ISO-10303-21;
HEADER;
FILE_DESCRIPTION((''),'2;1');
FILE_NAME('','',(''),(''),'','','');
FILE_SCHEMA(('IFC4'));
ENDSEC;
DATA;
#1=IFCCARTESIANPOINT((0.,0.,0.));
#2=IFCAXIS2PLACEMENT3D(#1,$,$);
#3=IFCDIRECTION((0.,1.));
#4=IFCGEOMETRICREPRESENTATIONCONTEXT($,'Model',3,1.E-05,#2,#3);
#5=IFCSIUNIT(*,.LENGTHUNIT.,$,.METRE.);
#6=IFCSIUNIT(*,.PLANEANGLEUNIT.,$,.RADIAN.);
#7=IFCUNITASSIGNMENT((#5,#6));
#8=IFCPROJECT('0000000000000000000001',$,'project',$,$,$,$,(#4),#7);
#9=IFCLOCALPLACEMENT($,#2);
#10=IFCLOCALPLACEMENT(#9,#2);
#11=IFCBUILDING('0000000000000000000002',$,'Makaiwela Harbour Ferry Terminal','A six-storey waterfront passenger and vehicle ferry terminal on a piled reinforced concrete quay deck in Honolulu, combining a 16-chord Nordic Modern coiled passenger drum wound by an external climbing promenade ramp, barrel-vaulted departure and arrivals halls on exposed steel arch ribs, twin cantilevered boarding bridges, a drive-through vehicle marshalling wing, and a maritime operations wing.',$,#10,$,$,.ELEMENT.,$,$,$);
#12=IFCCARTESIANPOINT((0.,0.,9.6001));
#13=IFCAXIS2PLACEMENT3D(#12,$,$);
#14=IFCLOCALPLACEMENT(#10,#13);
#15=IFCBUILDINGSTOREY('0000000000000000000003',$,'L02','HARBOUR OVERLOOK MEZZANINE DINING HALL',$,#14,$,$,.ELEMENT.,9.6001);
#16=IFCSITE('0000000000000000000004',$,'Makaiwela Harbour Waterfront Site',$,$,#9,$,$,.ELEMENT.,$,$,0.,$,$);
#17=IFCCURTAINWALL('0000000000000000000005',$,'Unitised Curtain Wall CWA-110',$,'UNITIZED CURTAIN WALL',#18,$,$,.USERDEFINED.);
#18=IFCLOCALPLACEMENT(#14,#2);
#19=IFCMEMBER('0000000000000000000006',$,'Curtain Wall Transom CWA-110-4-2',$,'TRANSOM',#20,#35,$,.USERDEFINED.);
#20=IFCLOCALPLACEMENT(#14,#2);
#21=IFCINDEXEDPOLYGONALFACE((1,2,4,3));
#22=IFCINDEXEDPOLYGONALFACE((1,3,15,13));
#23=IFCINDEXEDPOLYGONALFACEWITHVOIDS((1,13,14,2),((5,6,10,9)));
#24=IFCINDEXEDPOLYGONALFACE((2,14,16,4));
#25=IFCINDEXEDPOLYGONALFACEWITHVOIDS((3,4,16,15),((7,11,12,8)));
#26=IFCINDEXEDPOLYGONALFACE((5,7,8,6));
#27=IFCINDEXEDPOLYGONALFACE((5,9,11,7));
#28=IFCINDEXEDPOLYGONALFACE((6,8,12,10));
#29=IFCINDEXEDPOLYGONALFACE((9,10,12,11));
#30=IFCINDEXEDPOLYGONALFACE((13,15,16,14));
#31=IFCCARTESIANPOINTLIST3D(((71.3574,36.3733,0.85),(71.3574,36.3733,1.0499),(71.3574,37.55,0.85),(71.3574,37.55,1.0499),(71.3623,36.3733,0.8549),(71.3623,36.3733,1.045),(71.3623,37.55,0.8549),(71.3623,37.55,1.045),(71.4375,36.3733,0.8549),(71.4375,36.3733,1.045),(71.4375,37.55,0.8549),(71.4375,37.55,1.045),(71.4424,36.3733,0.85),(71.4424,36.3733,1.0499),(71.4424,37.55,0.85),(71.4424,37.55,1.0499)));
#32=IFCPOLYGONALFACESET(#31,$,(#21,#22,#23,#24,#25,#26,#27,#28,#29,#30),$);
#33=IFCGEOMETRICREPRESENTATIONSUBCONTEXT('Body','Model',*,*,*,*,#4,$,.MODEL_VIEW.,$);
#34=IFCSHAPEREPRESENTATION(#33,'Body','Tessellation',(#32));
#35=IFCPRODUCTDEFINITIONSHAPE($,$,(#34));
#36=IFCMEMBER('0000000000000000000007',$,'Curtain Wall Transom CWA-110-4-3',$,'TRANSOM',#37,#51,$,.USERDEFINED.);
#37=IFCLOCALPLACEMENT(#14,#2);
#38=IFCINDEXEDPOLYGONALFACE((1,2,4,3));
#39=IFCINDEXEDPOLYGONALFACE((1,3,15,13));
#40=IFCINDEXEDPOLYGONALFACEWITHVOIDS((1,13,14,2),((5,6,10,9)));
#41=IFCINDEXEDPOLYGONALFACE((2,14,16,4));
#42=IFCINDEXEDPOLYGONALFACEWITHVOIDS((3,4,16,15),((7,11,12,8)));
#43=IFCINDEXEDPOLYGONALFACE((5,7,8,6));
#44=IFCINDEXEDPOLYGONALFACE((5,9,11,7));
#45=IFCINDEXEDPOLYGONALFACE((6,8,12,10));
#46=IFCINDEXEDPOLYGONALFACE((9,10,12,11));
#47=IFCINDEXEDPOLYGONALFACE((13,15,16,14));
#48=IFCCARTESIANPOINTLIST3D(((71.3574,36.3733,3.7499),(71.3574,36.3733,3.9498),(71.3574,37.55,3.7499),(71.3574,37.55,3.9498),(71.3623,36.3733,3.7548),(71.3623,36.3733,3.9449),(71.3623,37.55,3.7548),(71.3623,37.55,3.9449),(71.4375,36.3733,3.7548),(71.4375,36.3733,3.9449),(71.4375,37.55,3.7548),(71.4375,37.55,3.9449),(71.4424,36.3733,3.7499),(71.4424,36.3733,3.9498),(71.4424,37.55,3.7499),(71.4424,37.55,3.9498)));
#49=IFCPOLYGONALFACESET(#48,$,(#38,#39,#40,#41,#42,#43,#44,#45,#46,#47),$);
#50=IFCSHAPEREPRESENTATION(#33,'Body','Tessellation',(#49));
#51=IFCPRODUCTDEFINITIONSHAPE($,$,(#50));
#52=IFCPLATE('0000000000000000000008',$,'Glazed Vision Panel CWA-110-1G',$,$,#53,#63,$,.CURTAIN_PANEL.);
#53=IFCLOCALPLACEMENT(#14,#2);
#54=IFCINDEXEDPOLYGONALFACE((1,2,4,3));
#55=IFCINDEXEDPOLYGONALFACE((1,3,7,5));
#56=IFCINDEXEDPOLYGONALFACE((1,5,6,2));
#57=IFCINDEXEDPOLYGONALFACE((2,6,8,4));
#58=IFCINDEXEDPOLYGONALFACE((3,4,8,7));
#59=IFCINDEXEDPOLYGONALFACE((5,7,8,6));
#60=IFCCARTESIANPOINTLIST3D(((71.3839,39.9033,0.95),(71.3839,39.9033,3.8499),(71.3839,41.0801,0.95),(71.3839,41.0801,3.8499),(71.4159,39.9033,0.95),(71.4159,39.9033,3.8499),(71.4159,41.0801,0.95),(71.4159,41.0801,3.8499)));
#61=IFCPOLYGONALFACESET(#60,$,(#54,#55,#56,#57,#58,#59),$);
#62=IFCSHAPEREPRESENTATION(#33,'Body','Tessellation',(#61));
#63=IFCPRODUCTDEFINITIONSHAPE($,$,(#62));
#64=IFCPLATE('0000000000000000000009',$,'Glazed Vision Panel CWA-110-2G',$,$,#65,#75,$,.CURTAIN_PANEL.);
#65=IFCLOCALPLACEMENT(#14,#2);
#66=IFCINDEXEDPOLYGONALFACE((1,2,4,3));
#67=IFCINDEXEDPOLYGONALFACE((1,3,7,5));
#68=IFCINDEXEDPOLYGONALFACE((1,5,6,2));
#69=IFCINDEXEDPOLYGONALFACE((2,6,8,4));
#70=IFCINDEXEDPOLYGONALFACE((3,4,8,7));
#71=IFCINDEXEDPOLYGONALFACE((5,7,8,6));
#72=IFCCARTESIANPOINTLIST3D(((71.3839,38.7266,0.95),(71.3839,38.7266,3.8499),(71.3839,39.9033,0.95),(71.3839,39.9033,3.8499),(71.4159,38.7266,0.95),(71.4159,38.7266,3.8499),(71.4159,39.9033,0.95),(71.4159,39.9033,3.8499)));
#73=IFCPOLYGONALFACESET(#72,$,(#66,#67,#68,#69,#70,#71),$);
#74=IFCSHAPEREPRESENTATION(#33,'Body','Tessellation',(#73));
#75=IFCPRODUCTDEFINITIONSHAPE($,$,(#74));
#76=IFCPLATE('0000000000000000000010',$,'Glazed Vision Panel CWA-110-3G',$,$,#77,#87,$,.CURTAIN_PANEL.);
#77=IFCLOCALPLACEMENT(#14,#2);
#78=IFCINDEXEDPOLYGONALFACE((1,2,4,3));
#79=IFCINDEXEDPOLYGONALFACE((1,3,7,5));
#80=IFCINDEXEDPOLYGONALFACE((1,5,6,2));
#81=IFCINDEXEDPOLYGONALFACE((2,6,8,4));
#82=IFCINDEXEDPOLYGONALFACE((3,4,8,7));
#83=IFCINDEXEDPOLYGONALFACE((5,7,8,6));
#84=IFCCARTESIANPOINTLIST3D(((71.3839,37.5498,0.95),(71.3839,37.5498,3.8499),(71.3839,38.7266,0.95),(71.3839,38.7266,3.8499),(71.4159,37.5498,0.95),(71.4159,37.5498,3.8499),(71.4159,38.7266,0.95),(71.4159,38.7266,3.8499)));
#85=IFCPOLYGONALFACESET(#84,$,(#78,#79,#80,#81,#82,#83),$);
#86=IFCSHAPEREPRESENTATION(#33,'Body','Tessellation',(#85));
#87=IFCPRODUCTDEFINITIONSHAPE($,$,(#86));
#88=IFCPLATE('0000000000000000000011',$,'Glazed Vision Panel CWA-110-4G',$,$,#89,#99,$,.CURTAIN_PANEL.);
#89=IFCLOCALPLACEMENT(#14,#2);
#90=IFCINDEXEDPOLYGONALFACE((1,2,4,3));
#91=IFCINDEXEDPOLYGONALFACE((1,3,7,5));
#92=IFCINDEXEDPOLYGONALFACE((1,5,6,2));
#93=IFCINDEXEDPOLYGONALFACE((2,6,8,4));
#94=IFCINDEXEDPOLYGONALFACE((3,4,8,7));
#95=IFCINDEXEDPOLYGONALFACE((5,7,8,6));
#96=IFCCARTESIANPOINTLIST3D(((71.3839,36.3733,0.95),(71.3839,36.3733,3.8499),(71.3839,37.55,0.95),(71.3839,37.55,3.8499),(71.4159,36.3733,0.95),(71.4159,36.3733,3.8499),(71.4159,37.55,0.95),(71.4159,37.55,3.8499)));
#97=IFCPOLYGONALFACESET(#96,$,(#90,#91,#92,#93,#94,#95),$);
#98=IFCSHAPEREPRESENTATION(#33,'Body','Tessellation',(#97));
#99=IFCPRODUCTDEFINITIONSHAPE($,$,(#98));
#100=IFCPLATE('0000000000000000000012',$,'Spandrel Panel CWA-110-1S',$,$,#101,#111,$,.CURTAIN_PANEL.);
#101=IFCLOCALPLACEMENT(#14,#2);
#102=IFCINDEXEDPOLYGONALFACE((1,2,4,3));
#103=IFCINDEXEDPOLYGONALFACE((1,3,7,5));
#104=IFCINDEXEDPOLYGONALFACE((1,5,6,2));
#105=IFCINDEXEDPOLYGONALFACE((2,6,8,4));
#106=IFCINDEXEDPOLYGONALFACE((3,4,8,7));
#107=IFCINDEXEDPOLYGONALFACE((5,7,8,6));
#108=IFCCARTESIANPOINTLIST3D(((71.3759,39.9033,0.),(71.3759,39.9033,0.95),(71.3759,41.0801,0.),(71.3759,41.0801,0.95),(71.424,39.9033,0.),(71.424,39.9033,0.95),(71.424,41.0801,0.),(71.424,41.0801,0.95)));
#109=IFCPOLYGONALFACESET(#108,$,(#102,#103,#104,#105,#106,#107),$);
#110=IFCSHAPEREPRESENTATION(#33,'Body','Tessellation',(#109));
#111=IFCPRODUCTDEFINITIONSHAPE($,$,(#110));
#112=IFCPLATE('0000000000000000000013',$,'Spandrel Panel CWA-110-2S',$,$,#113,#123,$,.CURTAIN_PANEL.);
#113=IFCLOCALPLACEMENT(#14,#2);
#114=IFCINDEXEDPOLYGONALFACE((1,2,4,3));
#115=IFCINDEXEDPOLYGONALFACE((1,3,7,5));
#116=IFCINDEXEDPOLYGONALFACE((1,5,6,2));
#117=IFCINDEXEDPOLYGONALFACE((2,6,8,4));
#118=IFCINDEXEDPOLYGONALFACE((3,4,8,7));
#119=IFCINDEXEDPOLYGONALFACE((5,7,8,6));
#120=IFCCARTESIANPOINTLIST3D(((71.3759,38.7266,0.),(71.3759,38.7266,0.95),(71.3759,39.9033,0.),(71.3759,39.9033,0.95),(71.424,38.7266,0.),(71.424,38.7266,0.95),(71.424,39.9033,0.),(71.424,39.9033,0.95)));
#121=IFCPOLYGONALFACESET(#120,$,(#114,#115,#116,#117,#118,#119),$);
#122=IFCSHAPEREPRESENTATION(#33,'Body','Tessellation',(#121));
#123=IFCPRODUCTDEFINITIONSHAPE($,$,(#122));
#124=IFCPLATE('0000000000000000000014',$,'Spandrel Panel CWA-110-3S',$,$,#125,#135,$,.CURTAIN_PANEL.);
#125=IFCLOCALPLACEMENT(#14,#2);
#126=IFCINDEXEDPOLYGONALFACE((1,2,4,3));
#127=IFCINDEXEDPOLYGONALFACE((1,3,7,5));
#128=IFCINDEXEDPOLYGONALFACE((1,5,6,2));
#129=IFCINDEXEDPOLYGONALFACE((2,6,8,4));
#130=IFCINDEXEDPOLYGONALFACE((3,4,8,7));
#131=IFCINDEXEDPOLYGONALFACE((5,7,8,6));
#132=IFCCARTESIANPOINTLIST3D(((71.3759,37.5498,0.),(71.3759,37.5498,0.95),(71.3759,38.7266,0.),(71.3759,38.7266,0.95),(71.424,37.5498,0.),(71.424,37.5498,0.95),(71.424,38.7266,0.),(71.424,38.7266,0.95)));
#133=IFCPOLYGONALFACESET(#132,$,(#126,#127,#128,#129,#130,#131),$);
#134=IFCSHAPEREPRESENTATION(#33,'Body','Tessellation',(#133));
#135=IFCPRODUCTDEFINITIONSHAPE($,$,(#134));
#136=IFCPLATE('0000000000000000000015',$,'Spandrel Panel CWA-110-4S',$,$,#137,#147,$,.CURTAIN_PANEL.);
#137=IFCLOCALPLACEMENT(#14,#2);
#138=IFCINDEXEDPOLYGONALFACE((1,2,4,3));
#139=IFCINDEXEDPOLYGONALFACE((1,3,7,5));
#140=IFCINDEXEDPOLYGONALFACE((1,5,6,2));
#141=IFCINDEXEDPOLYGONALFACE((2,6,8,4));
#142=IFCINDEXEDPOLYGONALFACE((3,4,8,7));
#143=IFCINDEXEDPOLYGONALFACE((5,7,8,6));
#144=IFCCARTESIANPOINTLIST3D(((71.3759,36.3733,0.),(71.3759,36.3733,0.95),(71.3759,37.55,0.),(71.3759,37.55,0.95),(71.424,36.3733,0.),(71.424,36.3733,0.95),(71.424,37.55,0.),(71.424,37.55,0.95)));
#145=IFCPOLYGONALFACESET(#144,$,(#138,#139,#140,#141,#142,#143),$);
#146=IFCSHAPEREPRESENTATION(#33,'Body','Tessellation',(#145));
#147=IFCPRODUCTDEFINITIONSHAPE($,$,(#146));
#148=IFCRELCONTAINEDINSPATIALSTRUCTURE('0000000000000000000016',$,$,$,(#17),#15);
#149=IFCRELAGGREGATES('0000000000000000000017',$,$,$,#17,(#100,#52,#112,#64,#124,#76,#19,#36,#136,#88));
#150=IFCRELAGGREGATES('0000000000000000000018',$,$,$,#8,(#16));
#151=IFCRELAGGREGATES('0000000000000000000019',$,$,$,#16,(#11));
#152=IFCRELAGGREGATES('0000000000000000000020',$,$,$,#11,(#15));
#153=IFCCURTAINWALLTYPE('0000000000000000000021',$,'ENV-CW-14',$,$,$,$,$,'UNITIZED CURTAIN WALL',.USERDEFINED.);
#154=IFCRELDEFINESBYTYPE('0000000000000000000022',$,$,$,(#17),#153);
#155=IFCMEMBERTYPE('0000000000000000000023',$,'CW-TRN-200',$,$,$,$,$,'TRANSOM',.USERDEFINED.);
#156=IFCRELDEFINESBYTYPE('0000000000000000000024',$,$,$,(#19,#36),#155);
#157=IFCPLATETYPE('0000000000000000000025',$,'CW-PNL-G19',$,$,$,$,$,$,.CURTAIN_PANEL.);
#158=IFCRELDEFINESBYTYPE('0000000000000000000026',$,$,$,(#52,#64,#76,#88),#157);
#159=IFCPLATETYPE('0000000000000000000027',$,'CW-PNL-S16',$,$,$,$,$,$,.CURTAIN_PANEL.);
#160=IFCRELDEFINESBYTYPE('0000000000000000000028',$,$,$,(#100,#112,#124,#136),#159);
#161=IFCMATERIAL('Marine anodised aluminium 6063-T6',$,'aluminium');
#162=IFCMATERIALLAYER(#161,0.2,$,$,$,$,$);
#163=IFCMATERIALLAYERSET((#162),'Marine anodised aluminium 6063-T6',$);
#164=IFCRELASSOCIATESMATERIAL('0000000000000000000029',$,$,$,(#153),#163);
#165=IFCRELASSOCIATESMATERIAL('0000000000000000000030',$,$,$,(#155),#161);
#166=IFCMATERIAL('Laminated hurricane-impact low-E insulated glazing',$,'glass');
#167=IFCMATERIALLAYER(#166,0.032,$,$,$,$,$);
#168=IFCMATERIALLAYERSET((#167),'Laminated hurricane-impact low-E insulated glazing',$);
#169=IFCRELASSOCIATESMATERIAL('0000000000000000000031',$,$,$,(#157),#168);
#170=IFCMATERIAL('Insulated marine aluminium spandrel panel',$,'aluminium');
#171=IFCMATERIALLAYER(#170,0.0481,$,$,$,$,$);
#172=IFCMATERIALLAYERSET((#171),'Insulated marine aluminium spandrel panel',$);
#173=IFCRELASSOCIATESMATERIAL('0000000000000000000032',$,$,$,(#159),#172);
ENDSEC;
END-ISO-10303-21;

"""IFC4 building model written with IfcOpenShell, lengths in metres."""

from ifc_helpers import new_model, si_unit, direction, frame, origin, origin_2d, place, context, subcontext, project, spatial, rectangle, hollow_rectangle, extrude, material, layer, layer_set, material_profile, profile_set, type_object, element, aggregate, save


model = new_model("IFC4")

# Units and contexts
model_context = context("Model", 3, precision=1e-05, world=origin(), true_north=direction((0.0, 1.0)))
body_context = subcontext(model_context, "Body", "Model", "MODEL_VIEW")
ifc_project = project(units=[si_unit("LENGTHUNIT", "METRE"), si_unit("PLANEANGLEUNIT", "RADIAN")], contexts=[model_context])

# Site, building, storey
site_placement = place(None, origin())
site = spatial("IfcSite", under=ifc_project, at=site_placement, Name="Makaiwela Harbour Waterfront Site", CompositionType="ELEMENT", RefElevation=0.0)
building_placement = place(site_placement, origin())
building = spatial("IfcBuilding", under=site, at=building_placement, Name="Makaiwela Harbour Ferry Terminal", Description="A six-storey waterfront passenger and vehicle ferry terminal on a piled reinforced concrete quay deck in Honolulu, combining a 16-chord Nordic Modern coiled passenger drum wound by an external climbing promenade ramp, barrel-vaulted departure and arrivals halls on exposed steel arch ribs, twin cantilevered boarding bridges, a drive-through vehicle marshalling wing, and a maritime operations wing.", CompositionType="ELEMENT")
storey_placement = place(building_placement, frame((0.0, 0.0, 9.6001)))
storey = spatial("IfcBuildingStorey", under=building, at=storey_placement, Name="L02", Description="HARBOUR OVERLOOK MEZZANINE DINING HALL", CompositionType="ELEMENT", Elevation=9.6001)

# Curtain wall, members, plates
ifc_material_1 = material(Name="Marine anodised aluminium 6063-T6", Category="aluminium")
ifc_layer_1 = layer(ifc_material_1, 0.2)
ifc_layer_set_1 = layer_set([ifc_layer_1], Name="Marine anodised aluminium 6063-T6")
curtain_wall_type = type_object("IfcCurtainWallType", Name="ENV-CW-14", ElementType="UNITIZED CURTAIN WALL", PredefinedType="USERDEFINED", material=ifc_layer_set_1)
curtain_wall_placement = place(storey_placement, origin())
curtain_wall = element("IfcCurtainWall", 1, at=curtain_wall_placement, inside=storey, type_object=curtain_wall_type, Name="Unitised Curtain Wall CWA-110", ObjectType="UNITIZED CURTAIN WALL", PredefinedType="USERDEFINED")
ifc_material_profile_1 = material_profile(ifc_material_1, hollow_rectangle(XDim=0.085, YDim=0.2, WallThickness=0.0049, at=origin_2d()), Name="CWT-200X85")
ifc_profile_set_1 = profile_set([ifc_material_profile_1], Name="Marine anodised aluminium 6063-T6")
member_type_1 = type_object("IfcMemberType", Name="CW-TRN-200", ElementType="TRANSOM", PredefinedType="USERDEFINED", material=ifc_profile_set_1)
member_1_placement = place(storey_placement, frame((71.3999, 37.55, 0.95), z_axis=(0.0, -1.0, 0.0), x_axis=(1.0, 0.0, 0.0)))
member_1 = element("IfcMember", 2, at=member_1_placement, type_object=member_type_1, Name="Curtain Wall Transom CWA-110-4-2", ObjectType="TRANSOM", PredefinedType="USERDEFINED", context=body_context, shape_type="SweptSolid", body=[
    extrude(hollow_rectangle(XDim=0.085, YDim=0.2, WallThickness=0.0049, at=origin_2d()), origin(), (0.0, 0.0, 1.0), 1.1768),
])
member_2_placement = place(storey_placement, frame((71.3999, 37.55, 3.8499), z_axis=(0.0, -1.0, 0.0), x_axis=(1.0, 0.0, 0.0)))
member_2 = element("IfcMember", 3, at=member_2_placement, type_object=member_type_1, Name="Curtain Wall Transom CWA-110-4-3", ObjectType="TRANSOM", PredefinedType="USERDEFINED", context=body_context, shape_type="SweptSolid", body=[
    extrude(hollow_rectangle(XDim=0.085, YDim=0.2, WallThickness=0.0049, at=origin_2d()), origin(), (0.0, 0.0, 1.0), 1.1768),
])
ifc_material_2 = material(Name="Laminated hurricane-impact low-E insulated glazing", Category="glass")
ifc_layer_2 = layer(ifc_material_2, 0.032)
ifc_layer_set_2 = layer_set([ifc_layer_2], Name="Laminated hurricane-impact low-E insulated glazing")
plate_type_1 = type_object("IfcPlateType", Name="CW-PNL-G19", PredefinedType="CURTAIN_PANEL", material=ifc_layer_set_2)
plate_1_placement = place(storey_placement, frame((71.3999, 40.4917, 0.95), z_axis=(0.0, 0.0, 1.0), x_axis=(0.0, -1.0, 0.0)))
plate_1 = element("IfcPlate", 4, at=plate_1_placement, type_object=plate_type_1, Name="Glazed Vision Panel CWA-110-1G", PredefinedType="CURTAIN_PANEL", context=body_context, shape_type="SweptSolid", body=[
    extrude(rectangle(XDim=1.1768, YDim=0.032, at=origin_2d()), origin(), (0.0, 0.0, 1.0), 2.8999),
])
plate_2_placement = place(storey_placement, frame((71.3999, 39.3149, 0.95), z_axis=(0.0, 0.0, 1.0), x_axis=(0.0, -1.0, 0.0)))
plate_2 = element("IfcPlate", 5, at=plate_2_placement, type_object=plate_type_1, Name="Glazed Vision Panel CWA-110-2G", PredefinedType="CURTAIN_PANEL", context=body_context, shape_type="SweptSolid", body=[
    extrude(rectangle(XDim=1.1768, YDim=0.032, at=origin_2d()), origin(), (0.0, 0.0, 1.0), 2.8999),
])
plate_3_placement = place(storey_placement, frame((71.3999, 38.1382, 0.95), z_axis=(0.0, 0.0, 1.0), x_axis=(0.0, -1.0, 0.0)))
plate_3 = element("IfcPlate", 6, at=plate_3_placement, type_object=plate_type_1, Name="Glazed Vision Panel CWA-110-3G", PredefinedType="CURTAIN_PANEL", context=body_context, shape_type="SweptSolid", body=[
    extrude(rectangle(XDim=1.1768, YDim=0.032, at=origin_2d()), origin(), (0.0, 0.0, 1.0), 2.8999),
])
plate_4_placement = place(storey_placement, frame((71.3999, 36.9617, 0.95), z_axis=(0.0, 0.0, 1.0), x_axis=(0.0, -1.0, 0.0)))
plate_4 = element("IfcPlate", 7, at=plate_4_placement, type_object=plate_type_1, Name="Glazed Vision Panel CWA-110-4G", PredefinedType="CURTAIN_PANEL", context=body_context, shape_type="SweptSolid", body=[
    extrude(rectangle(XDim=1.1768, YDim=0.032, at=origin_2d()), origin(), (0.0, 0.0, 1.0), 2.8999),
])
ifc_material_3 = material(Name="Insulated marine aluminium spandrel panel", Category="aluminium")
ifc_layer_3 = layer(ifc_material_3, 0.0481)
ifc_layer_set_3 = layer_set([ifc_layer_3], Name="Insulated marine aluminium spandrel panel")
plate_type_2 = type_object("IfcPlateType", Name="CW-PNL-S16", PredefinedType="CURTAIN_PANEL", material=ifc_layer_set_3)
plate_5_placement = place(storey_placement, frame((71.3999, 40.4917, 0.0), z_axis=(0.0, 0.0, 1.0), x_axis=(0.0, -1.0, 0.0)))
plate_5 = element("IfcPlate", 8, at=plate_5_placement, type_object=plate_type_2, Name="Spandrel Panel CWA-110-1S", PredefinedType="CURTAIN_PANEL", context=body_context, shape_type="SweptSolid", body=[
    extrude(rectangle(XDim=1.1768, YDim=0.0481, at=origin_2d()), origin(), (0.0, 0.0, 1.0), 0.95),
])
plate_6_placement = place(storey_placement, frame((71.3999, 39.3149, 0.0), z_axis=(0.0, 0.0, 1.0), x_axis=(0.0, -1.0, 0.0)))
plate_6 = element("IfcPlate", 9, at=plate_6_placement, type_object=plate_type_2, Name="Spandrel Panel CWA-110-2S", PredefinedType="CURTAIN_PANEL", context=body_context, shape_type="SweptSolid", body=[
    extrude(rectangle(XDim=1.1768, YDim=0.0481, at=origin_2d()), origin(), (0.0, 0.0, 1.0), 0.95),
])
plate_7_placement = place(storey_placement, frame((71.3999, 38.1382, 0.0), z_axis=(0.0, 0.0, 1.0), x_axis=(0.0, -1.0, 0.0)))
plate_7 = element("IfcPlate", 10, at=plate_7_placement, type_object=plate_type_2, Name="Spandrel Panel CWA-110-3S", PredefinedType="CURTAIN_PANEL", context=body_context, shape_type="SweptSolid", body=[
    extrude(rectangle(XDim=1.1768, YDim=0.0481, at=origin_2d()), origin(), (0.0, 0.0, 1.0), 0.95),
])
plate_8_placement = place(storey_placement, frame((71.3999, 36.9617, 0.0), z_axis=(0.0, 0.0, 1.0), x_axis=(0.0, -1.0, 0.0)))
plate_8 = element("IfcPlate", 11, at=plate_8_placement, type_object=plate_type_2, Name="Spandrel Panel CWA-110-4S", PredefinedType="CURTAIN_PANEL", context=body_context, shape_type="SweptSolid", body=[
    extrude(rectangle(XDim=1.1768, YDim=0.0481, at=origin_2d()), origin(), (0.0, 0.0, 1.0), 0.95),
])
aggregate(curtain_wall, [plate_5, plate_1, plate_6, plate_2, plate_7, plate_3, member_1, member_2, plate_8, plate_4])

save(model, "model.ifc")
